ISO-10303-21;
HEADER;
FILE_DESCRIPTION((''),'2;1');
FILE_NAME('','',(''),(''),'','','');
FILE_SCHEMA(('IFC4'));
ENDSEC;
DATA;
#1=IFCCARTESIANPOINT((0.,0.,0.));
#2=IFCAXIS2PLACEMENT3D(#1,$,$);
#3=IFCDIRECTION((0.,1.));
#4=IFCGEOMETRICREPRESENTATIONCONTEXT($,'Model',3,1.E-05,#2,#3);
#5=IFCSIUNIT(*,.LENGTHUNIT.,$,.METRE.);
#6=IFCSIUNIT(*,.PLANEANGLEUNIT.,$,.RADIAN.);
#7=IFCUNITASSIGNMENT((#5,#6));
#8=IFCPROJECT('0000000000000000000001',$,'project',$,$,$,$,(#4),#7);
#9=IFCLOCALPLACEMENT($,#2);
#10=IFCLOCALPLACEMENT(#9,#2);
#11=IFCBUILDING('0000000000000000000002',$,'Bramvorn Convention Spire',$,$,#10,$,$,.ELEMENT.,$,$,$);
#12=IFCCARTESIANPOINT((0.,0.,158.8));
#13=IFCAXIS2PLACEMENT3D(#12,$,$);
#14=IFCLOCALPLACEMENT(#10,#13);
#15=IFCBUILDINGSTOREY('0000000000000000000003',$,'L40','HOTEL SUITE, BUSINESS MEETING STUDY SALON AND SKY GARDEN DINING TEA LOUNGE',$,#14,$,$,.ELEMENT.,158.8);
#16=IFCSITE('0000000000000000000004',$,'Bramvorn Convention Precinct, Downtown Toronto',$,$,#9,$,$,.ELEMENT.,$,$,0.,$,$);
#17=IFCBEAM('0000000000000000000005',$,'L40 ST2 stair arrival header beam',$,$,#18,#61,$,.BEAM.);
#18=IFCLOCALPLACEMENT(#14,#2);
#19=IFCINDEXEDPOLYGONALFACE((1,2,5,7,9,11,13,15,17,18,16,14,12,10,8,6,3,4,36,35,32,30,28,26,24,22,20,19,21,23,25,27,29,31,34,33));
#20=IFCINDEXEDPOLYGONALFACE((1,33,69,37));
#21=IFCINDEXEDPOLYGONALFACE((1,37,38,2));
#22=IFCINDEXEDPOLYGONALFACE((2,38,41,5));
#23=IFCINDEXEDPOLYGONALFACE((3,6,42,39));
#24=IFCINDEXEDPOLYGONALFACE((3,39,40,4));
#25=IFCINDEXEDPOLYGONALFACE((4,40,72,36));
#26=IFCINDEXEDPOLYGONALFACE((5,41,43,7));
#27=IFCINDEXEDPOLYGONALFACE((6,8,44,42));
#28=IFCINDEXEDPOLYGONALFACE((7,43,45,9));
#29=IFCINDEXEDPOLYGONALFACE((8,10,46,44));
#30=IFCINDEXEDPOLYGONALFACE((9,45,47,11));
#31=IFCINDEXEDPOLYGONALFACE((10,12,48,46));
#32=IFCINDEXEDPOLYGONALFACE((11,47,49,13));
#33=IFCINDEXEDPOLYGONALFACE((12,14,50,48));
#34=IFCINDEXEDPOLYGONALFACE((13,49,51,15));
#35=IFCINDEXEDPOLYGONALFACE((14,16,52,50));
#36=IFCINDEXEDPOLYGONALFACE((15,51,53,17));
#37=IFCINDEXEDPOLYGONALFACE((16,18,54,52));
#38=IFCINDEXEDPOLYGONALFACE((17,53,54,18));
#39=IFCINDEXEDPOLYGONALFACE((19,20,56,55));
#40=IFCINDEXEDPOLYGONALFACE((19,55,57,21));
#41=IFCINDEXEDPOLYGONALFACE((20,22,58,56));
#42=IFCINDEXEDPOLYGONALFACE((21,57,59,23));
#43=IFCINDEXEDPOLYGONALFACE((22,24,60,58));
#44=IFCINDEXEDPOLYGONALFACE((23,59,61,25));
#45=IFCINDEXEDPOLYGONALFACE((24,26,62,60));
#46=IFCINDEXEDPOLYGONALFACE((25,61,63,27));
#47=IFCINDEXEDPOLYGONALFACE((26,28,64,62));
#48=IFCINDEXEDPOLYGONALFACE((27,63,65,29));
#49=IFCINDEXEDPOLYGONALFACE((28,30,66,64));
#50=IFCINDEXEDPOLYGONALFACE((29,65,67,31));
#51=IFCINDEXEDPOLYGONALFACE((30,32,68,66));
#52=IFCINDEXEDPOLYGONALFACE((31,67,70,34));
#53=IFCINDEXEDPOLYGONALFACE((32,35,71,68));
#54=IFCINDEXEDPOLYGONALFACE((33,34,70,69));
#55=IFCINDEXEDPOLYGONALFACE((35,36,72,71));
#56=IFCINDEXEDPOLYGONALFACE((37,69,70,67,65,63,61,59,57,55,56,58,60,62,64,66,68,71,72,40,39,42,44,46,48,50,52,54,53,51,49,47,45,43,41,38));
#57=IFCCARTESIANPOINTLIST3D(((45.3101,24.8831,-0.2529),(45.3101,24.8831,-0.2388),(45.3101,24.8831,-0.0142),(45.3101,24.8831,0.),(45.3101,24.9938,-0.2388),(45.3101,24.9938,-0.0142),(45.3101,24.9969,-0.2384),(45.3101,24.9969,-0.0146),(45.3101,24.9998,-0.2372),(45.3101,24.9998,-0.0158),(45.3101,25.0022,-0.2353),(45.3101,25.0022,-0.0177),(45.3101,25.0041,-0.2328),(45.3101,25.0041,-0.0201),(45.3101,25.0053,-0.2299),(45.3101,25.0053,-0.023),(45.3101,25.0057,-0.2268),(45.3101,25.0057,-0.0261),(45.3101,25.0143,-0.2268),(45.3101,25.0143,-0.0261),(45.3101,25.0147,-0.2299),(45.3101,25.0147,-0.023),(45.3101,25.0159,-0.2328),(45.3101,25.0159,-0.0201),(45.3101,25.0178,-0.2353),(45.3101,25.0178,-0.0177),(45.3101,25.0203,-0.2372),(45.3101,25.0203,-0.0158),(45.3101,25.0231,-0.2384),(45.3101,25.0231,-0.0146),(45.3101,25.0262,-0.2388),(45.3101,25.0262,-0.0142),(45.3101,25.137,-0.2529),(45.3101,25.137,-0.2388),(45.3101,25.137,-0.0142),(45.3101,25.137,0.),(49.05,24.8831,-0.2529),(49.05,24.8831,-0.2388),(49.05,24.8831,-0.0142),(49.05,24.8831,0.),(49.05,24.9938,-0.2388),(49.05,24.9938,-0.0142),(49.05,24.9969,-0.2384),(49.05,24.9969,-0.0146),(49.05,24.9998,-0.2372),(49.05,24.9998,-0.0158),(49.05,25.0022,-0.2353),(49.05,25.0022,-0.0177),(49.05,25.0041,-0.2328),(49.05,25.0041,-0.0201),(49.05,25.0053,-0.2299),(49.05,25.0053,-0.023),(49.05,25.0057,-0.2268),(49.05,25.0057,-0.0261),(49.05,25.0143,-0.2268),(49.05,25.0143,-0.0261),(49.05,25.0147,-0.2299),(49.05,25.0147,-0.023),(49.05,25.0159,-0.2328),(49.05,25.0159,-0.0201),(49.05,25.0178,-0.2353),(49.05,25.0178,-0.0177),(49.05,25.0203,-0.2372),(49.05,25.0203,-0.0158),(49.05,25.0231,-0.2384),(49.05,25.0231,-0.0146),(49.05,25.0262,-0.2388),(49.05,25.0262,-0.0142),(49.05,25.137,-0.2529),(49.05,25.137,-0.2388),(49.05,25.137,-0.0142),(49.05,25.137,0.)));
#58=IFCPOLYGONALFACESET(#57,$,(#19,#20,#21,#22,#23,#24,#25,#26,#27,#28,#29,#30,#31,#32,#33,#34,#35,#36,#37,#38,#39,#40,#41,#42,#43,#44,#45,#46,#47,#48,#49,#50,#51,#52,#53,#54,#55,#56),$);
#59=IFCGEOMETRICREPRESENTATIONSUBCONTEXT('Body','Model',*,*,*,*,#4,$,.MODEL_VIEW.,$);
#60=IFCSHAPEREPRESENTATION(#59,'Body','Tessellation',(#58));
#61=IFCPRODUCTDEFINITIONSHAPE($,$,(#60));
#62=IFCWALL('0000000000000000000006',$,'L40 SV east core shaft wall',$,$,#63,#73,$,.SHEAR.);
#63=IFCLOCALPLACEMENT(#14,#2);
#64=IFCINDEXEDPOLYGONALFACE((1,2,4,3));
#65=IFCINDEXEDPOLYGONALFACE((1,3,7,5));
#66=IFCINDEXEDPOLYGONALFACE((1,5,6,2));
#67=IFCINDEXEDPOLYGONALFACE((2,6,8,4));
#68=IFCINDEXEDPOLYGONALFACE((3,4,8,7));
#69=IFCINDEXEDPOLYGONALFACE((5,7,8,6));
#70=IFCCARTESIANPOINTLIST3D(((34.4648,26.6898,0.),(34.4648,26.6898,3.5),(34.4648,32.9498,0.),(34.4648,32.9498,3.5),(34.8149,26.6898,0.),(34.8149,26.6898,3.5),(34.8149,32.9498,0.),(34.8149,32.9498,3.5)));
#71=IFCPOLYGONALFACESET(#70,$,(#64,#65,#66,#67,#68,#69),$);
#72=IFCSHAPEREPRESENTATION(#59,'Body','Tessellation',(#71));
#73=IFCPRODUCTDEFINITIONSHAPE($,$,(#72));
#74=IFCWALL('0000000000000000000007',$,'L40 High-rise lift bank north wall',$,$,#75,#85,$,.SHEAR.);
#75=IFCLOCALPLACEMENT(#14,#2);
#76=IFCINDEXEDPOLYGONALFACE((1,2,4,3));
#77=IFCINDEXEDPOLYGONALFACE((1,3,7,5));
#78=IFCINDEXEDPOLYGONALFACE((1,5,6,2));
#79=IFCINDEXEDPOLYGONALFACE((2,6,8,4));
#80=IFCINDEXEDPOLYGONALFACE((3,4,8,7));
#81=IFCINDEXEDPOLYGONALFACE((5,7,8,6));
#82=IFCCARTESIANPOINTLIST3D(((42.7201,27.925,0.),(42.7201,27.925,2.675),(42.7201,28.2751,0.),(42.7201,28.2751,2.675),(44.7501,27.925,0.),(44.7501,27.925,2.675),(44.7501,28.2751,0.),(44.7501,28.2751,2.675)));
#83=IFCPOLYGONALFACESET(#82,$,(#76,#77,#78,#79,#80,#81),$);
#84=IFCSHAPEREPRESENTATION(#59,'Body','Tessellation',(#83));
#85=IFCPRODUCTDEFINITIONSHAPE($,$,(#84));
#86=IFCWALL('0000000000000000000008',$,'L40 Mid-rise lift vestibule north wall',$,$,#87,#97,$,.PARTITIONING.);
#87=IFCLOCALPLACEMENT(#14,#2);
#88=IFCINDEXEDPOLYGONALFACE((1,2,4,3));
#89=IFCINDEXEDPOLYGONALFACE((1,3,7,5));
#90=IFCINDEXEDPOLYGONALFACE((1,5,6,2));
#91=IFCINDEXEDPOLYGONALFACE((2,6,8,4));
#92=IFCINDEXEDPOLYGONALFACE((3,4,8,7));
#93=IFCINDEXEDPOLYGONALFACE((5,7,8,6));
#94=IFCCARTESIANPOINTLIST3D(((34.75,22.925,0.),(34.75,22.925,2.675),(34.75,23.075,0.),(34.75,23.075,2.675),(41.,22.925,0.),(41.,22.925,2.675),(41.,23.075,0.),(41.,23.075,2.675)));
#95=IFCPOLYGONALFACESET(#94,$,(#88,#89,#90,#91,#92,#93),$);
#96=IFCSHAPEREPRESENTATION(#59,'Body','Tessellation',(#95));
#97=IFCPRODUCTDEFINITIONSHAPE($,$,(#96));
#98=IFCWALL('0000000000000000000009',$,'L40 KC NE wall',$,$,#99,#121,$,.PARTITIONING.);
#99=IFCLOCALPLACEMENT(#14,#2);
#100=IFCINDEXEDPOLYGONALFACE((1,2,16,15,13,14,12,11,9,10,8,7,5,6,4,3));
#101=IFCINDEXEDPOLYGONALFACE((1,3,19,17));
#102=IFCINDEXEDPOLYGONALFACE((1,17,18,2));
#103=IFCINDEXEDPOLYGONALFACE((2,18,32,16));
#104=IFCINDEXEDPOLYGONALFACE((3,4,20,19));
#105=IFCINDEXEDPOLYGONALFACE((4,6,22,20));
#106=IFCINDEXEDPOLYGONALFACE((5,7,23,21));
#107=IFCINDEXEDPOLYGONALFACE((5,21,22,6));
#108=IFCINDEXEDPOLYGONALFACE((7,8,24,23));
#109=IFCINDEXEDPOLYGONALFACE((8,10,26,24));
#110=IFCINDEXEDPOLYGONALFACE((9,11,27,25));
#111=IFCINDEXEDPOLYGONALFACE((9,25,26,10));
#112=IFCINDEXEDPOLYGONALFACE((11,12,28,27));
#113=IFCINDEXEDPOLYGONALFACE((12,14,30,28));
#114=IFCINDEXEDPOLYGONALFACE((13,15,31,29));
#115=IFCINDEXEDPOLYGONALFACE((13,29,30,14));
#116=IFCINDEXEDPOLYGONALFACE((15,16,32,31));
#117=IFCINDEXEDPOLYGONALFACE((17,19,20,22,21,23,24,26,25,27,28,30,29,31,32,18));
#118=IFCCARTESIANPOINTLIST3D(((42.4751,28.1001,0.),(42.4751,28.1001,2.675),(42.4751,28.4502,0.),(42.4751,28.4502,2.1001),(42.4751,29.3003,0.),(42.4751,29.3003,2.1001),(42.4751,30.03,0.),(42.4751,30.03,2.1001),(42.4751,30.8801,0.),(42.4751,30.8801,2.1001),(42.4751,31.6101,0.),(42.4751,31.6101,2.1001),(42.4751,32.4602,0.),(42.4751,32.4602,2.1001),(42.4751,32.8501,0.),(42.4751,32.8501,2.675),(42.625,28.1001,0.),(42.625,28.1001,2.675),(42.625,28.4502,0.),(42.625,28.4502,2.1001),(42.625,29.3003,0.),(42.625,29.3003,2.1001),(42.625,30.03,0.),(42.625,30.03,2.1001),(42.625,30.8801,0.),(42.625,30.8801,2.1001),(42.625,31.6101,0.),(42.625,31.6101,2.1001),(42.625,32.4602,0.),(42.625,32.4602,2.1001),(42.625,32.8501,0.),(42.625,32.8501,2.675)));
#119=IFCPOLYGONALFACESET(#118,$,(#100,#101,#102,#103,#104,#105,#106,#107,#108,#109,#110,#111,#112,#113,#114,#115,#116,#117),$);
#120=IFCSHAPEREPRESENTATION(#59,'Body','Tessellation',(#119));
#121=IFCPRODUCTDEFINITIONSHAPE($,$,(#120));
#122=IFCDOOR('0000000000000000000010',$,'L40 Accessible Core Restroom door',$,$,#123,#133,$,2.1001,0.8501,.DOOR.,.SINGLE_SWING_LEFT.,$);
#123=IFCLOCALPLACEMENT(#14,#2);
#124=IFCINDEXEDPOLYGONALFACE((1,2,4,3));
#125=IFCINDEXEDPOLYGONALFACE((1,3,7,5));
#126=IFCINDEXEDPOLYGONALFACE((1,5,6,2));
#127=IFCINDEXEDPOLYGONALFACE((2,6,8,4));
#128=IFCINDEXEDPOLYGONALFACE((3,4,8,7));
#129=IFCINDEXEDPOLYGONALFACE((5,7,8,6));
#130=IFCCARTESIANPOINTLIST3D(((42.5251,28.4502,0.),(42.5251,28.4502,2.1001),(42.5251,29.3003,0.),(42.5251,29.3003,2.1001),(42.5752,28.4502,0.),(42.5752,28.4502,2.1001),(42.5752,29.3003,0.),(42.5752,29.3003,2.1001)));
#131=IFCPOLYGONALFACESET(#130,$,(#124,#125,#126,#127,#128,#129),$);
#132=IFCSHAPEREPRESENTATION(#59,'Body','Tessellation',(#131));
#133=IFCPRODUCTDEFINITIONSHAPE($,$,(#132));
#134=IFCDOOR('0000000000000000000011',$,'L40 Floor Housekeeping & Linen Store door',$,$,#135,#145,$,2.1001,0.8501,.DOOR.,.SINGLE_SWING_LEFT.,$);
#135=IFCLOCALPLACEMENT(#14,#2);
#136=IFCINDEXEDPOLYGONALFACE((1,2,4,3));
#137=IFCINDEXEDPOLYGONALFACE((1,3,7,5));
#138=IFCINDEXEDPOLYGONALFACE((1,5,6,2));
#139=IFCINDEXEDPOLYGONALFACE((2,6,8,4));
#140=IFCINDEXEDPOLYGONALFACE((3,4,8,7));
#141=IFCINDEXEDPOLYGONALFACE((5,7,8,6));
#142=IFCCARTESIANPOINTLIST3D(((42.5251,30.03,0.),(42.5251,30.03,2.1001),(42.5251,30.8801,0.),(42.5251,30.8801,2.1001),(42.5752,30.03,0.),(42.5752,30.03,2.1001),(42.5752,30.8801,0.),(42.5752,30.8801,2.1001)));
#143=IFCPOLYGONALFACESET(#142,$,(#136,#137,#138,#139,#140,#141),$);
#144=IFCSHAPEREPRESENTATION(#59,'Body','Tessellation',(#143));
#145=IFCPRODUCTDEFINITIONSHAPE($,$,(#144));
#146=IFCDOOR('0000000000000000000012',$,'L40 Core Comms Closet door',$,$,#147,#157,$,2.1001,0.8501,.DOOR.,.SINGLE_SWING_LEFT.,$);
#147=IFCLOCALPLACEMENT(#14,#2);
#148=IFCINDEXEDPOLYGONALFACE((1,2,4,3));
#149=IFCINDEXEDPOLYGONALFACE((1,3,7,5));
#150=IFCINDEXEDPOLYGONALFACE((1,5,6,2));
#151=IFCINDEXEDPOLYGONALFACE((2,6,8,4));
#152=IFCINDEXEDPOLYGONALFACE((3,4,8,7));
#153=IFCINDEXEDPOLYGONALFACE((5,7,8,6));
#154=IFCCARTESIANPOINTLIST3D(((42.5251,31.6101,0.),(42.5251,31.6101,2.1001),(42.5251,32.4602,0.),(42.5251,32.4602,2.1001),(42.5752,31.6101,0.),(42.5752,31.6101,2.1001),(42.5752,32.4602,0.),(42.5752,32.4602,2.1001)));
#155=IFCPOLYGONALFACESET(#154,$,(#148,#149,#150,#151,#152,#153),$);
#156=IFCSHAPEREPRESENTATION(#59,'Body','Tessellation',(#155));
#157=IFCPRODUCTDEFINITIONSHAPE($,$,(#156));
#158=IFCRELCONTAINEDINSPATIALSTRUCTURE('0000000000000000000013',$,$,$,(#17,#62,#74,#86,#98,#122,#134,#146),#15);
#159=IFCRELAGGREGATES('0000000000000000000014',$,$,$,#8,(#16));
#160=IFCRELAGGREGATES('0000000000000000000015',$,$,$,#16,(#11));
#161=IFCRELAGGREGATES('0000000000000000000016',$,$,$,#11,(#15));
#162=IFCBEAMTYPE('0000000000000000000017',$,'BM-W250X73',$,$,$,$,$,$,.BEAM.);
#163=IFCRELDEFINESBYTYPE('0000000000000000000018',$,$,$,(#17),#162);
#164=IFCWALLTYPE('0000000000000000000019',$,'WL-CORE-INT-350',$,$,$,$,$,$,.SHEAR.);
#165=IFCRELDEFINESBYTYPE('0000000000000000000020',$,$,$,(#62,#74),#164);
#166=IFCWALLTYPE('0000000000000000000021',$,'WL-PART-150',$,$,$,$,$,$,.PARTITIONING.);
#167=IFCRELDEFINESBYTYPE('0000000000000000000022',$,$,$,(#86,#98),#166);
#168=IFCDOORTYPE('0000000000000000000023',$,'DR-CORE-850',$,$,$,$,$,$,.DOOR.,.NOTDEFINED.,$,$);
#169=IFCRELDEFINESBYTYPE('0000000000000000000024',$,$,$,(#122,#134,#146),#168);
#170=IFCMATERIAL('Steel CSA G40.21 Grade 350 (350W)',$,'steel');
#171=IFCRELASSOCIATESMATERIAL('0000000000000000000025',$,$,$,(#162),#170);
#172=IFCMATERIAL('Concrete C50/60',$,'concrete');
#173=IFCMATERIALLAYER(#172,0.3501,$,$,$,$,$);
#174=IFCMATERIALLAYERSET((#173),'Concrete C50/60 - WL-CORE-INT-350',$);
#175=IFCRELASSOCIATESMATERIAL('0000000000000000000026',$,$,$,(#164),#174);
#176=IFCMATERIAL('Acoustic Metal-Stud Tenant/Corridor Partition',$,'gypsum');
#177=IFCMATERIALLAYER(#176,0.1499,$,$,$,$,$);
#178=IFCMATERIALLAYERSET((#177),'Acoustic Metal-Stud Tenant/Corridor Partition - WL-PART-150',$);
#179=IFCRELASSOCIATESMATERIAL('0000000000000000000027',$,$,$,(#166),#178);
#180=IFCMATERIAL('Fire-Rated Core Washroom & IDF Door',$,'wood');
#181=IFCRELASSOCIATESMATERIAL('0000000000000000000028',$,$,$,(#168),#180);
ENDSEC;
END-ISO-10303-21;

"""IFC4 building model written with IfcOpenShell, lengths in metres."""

from ifc_helpers import new_model, si_unit, direction, frame, frame_2d, origin, origin_2d, place, context, subcontext, project, spatial, rectangle, i_section, extrude, material, layer, layer_set, material_profile, profile_set, type_object, element, fill, save


model = new_model("IFC4")

# Units and contexts
model_context = context("Model", 3, precision=1e-05, world=origin(), true_north=direction((0.0, 1.0)))
body_context = subcontext(model_context, "Body", "Model", "MODEL_VIEW")
ifc_project = project(units=[si_unit("LENGTHUNIT", "METRE"), si_unit("PLANEANGLEUNIT", "RADIAN")], contexts=[model_context])

# Site, building, storey
site_placement = place(None, origin())
site = spatial("IfcSite", under=ifc_project, at=site_placement, Name="Bramvorn Convention Precinct, Downtown Toronto", CompositionType="ELEMENT", RefElevation=0.0)
building_placement = place(site_placement, origin())
building = spatial("IfcBuilding", under=site, at=building_placement, Name="Bramvorn Convention Spire", CompositionType="ELEMENT")
storey_placement = place(building_placement, frame((0.0, 0.0, 158.8)))
storey = spatial("IfcBuildingStorey", under=building, at=storey_placement, Name="L40", Description="HOTEL SUITE, BUSINESS MEETING STUDY SALON AND SKY GARDEN DINING TEA LOUNGE", CompositionType="ELEMENT", Elevation=158.8)

# Beam
ifc_material_1 = material(Name="Steel CSA G40.21 Grade 350 (350W)", Category="steel")
ifc_material_profile = material_profile(ifc_material_1, i_section(OverallWidth=0.2539, OverallDepth=0.2529, WebThickness=0.0085, FlangeThickness=0.0142, FilletRadius=0.012, at=origin_2d()))
ifc_profile_set = profile_set([ifc_material_profile], Name="Steel CSA G40.21 Grade 350 (350W) - W250X73")
beam_type = type_object("IfcBeamType", Name="BM-W250X73", PredefinedType="BEAM", material=ifc_profile_set)
beam_placement = place(storey_placement, frame((45.3101, 25.01, -0.1265), z_axis=(1.0, 0.0, 0.0), x_axis=(0.0, 1.0, 0.0)))
element("IfcBeam", 1, at=beam_placement, inside=storey, type_object=beam_type, Name="L40 ST2 stair arrival header beam", PredefinedType="BEAM", context=body_context, shape_type="SweptSolid", body=[
    extrude(i_section(OverallWidth=0.2539, OverallDepth=0.2529, WebThickness=0.0085, FlangeThickness=0.0142, FilletRadius=0.012, at=origin_2d()), origin(), (0.0, 0.0, 1.0), 3.74),
])

# Walls
ifc_material_2 = material(Name="Concrete C50/60", Category="concrete")
ifc_layer_1 = layer(ifc_material_2, 0.3501)
ifc_layer_set_1 = layer_set([ifc_layer_1], Name="Concrete C50/60 - WL-CORE-INT-350")
wall_type_1 = type_object("IfcWallType", Name="WL-CORE-INT-350", PredefinedType="SHEAR", material=ifc_layer_set_1)
wall_1_placement = place(storey_placement, frame((34.6399, 26.6899, 0.0), z_axis=(0.0, 0.0, 1.0), x_axis=(0.0, 1.0, 0.0)))
element("IfcWall", 2, at=wall_1_placement, inside=storey, type_object=wall_type_1, Name="L40 SV east core shaft wall", PredefinedType="SHEAR", context=body_context, shape_type="SweptSolid", body=[
    extrude(rectangle(XDim=6.26, YDim=0.3501, at=frame_2d((3.1299, 0.0))), origin(), (0.0, 0.0, 1.0), 3.5),
])
wall_2_placement = place(storey_placement, frame((42.72, 28.1001, 0.0), z_axis=(0.0, 0.0, 1.0), x_axis=(1.0, 0.0, 0.0)))
element("IfcWall", 3, at=wall_2_placement, inside=storey, type_object=wall_type_1, Name="L40 High-rise lift bank north wall", PredefinedType="SHEAR", context=body_context, shape_type="SweptSolid", body=[
    extrude(rectangle(XDim=2.03, YDim=0.3501, at=frame_2d((1.0151, 0.0))), origin(), (0.0, 0.0, 1.0), 2.675),
])
ifc_material_3 = material(Name="Acoustic Metal-Stud Tenant/Corridor Partition", Category="gypsum")
ifc_layer_2 = layer(ifc_material_3, 0.1499)
ifc_layer_set_2 = layer_set([ifc_layer_2], Name="Acoustic Metal-Stud Tenant/Corridor Partition - WL-PART-150")
wall_type_2 = type_object("IfcWallType", Name="WL-PART-150", PredefinedType="PARTITIONING", material=ifc_layer_set_2)
wall_3_placement = place(storey_placement, frame((34.75, 23.0, 0.0), z_axis=(0.0, 0.0, 1.0), x_axis=(1.0, 0.0, 0.0)))
element("IfcWall", 4, at=wall_3_placement, inside=storey, type_object=wall_type_2, Name="L40 Mid-rise lift vestibule north wall", PredefinedType="PARTITIONING", context=body_context, shape_type="SweptSolid", body=[
    extrude(rectangle(XDim=6.25, YDim=0.1499, at=frame_2d((3.125, 0.0))), origin(), (0.0, 0.0, 1.0), 2.675),
])

# Wall, openings, doors
wall_4_placement = place(storey_placement, frame((42.55, 28.1001, 0.0), z_axis=(0.0, 0.0, 1.0), x_axis=(0.0, 1.0, 0.0)))
wall_4 = element("IfcWall", 5, at=wall_4_placement, inside=storey, type_object=wall_type_2, Name="L40 KC NE wall", PredefinedType="PARTITIONING", context=body_context, shape_type="SweptSolid", body=[
    extrude(rectangle(XDim=4.75, YDim=0.1499, at=frame_2d((2.375, 0.0))), origin(), (0.0, 0.0, 1.0), 2.675),
])
opening_1_placement = place(wall_4_placement, frame((0.3501, 0.0, 0.0)))
opening_1 = element("IfcOpeningElement", 6, at=opening_1_placement, cuts=wall_4, PredefinedType="OPENING", context=body_context, shape_type="SweptSolid", body=[
    extrude(rectangle(XDim=0.8501, YDim=2.1001, at=frame_2d((0.425, 1.05))), frame((0.0, 0.085, 0.0), z_axis=(0.0, -1.0, 0.0), x_axis=(1.0, 0.0, 0.0)), (0.0, 0.0, 1.0), 0.1699),
])
opening_2_placement = place(wall_4_placement, frame((1.9299, 0.0, 0.0)))
opening_2 = element("IfcOpeningElement", 7, at=opening_2_placement, cuts=wall_4, PredefinedType="OPENING", context=body_context, shape_type="SweptSolid", body=[
    extrude(rectangle(XDim=0.8501, YDim=2.1001, at=frame_2d((0.425, 1.05))), frame((0.0, 0.085, 0.0), z_axis=(0.0, -1.0, 0.0), x_axis=(1.0, 0.0, 0.0)), (0.0, 0.0, 1.0), 0.1699),
])
opening_3_placement = place(wall_4_placement, frame((3.51, 0.0, 0.0)))
opening_3 = element("IfcOpeningElement", 8, at=opening_3_placement, cuts=wall_4, PredefinedType="OPENING", context=body_context, shape_type="SweptSolid", body=[
    extrude(rectangle(XDim=0.8501, YDim=2.1001, at=frame_2d((0.425, 1.05))), frame((0.0, 0.085, 0.0), z_axis=(0.0, -1.0, 0.0), x_axis=(1.0, 0.0, 0.0)), (0.0, 0.0, 1.0), 0.1699),
])
ifc_material_4 = material(Name="Fire-Rated Core Washroom & IDF Door", Category="wood")
door_type_1 = type_object("IfcDoorType", Name="DR-CORE-850", OperationType="NOTDEFINED", PredefinedType="DOOR", material=ifc_material_4)
door_1_placement = place(opening_1_placement, origin())
door_1 = element("IfcDoor", 9, at=door_1_placement, inside=storey, type_object=door_type_1, Name="L40 Accessible Core Restroom door", OperationType="SINGLE_SWING_LEFT", OverallHeight=2.1001, OverallWidth=0.8501, PredefinedType="DOOR", context=body_context, shape_type="SweptSolid", body=[
    extrude(rectangle(XDim=0.8501, YDim=2.1001, at=frame_2d((0.425, 1.05))), frame((0.0, 0.0249, 0.0), z_axis=(0.0, -1.0, 0.0), x_axis=(1.0, 0.0, 0.0)), (0.0, 0.0, 1.0), 0.05),
])
fill(opening_1, door_1)
door_2_placement = place(opening_2_placement, origin())
door_2 = element("IfcDoor", 10, at=door_2_placement, inside=storey, type_object=door_type_1, Name="L40 Floor Housekeeping & Linen Store door", OperationType="SINGLE_SWING_LEFT", OverallHeight=2.1001, OverallWidth=0.8501, PredefinedType="DOOR", context=body_context, shape_type="SweptSolid", body=[
    extrude(rectangle(XDim=0.8501, YDim=2.1001, at=frame_2d((0.425, 1.05))), frame((0.0, 0.0249, 0.0), z_axis=(0.0, -1.0, 0.0), x_axis=(1.0, 0.0, 0.0)), (0.0, 0.0, 1.0), 0.05),
])
fill(opening_2, door_2)
door_3_placement = place(opening_3_placement, origin())
door_3 = element("IfcDoor", 11, at=door_3_placement, inside=storey, type_object=door_type_1, Name="L40 Core Comms Closet door", OperationType="SINGLE_SWING_LEFT", OverallHeight=2.1001, OverallWidth=0.8501, PredefinedType="DOOR", context=body_context, shape_type="SweptSolid", body=[
    extrude(rectangle(XDim=0.8501, YDim=2.1001, at=frame_2d((0.425, 1.05))), frame((0.0, 0.0249, 0.0), z_axis=(0.0, -1.0, 0.0), x_axis=(1.0, 0.0, 0.0)), (0.0, 0.0, 1.0), 0.05),
])
fill(opening_3, door_3)

save(model, "model.ifc")
